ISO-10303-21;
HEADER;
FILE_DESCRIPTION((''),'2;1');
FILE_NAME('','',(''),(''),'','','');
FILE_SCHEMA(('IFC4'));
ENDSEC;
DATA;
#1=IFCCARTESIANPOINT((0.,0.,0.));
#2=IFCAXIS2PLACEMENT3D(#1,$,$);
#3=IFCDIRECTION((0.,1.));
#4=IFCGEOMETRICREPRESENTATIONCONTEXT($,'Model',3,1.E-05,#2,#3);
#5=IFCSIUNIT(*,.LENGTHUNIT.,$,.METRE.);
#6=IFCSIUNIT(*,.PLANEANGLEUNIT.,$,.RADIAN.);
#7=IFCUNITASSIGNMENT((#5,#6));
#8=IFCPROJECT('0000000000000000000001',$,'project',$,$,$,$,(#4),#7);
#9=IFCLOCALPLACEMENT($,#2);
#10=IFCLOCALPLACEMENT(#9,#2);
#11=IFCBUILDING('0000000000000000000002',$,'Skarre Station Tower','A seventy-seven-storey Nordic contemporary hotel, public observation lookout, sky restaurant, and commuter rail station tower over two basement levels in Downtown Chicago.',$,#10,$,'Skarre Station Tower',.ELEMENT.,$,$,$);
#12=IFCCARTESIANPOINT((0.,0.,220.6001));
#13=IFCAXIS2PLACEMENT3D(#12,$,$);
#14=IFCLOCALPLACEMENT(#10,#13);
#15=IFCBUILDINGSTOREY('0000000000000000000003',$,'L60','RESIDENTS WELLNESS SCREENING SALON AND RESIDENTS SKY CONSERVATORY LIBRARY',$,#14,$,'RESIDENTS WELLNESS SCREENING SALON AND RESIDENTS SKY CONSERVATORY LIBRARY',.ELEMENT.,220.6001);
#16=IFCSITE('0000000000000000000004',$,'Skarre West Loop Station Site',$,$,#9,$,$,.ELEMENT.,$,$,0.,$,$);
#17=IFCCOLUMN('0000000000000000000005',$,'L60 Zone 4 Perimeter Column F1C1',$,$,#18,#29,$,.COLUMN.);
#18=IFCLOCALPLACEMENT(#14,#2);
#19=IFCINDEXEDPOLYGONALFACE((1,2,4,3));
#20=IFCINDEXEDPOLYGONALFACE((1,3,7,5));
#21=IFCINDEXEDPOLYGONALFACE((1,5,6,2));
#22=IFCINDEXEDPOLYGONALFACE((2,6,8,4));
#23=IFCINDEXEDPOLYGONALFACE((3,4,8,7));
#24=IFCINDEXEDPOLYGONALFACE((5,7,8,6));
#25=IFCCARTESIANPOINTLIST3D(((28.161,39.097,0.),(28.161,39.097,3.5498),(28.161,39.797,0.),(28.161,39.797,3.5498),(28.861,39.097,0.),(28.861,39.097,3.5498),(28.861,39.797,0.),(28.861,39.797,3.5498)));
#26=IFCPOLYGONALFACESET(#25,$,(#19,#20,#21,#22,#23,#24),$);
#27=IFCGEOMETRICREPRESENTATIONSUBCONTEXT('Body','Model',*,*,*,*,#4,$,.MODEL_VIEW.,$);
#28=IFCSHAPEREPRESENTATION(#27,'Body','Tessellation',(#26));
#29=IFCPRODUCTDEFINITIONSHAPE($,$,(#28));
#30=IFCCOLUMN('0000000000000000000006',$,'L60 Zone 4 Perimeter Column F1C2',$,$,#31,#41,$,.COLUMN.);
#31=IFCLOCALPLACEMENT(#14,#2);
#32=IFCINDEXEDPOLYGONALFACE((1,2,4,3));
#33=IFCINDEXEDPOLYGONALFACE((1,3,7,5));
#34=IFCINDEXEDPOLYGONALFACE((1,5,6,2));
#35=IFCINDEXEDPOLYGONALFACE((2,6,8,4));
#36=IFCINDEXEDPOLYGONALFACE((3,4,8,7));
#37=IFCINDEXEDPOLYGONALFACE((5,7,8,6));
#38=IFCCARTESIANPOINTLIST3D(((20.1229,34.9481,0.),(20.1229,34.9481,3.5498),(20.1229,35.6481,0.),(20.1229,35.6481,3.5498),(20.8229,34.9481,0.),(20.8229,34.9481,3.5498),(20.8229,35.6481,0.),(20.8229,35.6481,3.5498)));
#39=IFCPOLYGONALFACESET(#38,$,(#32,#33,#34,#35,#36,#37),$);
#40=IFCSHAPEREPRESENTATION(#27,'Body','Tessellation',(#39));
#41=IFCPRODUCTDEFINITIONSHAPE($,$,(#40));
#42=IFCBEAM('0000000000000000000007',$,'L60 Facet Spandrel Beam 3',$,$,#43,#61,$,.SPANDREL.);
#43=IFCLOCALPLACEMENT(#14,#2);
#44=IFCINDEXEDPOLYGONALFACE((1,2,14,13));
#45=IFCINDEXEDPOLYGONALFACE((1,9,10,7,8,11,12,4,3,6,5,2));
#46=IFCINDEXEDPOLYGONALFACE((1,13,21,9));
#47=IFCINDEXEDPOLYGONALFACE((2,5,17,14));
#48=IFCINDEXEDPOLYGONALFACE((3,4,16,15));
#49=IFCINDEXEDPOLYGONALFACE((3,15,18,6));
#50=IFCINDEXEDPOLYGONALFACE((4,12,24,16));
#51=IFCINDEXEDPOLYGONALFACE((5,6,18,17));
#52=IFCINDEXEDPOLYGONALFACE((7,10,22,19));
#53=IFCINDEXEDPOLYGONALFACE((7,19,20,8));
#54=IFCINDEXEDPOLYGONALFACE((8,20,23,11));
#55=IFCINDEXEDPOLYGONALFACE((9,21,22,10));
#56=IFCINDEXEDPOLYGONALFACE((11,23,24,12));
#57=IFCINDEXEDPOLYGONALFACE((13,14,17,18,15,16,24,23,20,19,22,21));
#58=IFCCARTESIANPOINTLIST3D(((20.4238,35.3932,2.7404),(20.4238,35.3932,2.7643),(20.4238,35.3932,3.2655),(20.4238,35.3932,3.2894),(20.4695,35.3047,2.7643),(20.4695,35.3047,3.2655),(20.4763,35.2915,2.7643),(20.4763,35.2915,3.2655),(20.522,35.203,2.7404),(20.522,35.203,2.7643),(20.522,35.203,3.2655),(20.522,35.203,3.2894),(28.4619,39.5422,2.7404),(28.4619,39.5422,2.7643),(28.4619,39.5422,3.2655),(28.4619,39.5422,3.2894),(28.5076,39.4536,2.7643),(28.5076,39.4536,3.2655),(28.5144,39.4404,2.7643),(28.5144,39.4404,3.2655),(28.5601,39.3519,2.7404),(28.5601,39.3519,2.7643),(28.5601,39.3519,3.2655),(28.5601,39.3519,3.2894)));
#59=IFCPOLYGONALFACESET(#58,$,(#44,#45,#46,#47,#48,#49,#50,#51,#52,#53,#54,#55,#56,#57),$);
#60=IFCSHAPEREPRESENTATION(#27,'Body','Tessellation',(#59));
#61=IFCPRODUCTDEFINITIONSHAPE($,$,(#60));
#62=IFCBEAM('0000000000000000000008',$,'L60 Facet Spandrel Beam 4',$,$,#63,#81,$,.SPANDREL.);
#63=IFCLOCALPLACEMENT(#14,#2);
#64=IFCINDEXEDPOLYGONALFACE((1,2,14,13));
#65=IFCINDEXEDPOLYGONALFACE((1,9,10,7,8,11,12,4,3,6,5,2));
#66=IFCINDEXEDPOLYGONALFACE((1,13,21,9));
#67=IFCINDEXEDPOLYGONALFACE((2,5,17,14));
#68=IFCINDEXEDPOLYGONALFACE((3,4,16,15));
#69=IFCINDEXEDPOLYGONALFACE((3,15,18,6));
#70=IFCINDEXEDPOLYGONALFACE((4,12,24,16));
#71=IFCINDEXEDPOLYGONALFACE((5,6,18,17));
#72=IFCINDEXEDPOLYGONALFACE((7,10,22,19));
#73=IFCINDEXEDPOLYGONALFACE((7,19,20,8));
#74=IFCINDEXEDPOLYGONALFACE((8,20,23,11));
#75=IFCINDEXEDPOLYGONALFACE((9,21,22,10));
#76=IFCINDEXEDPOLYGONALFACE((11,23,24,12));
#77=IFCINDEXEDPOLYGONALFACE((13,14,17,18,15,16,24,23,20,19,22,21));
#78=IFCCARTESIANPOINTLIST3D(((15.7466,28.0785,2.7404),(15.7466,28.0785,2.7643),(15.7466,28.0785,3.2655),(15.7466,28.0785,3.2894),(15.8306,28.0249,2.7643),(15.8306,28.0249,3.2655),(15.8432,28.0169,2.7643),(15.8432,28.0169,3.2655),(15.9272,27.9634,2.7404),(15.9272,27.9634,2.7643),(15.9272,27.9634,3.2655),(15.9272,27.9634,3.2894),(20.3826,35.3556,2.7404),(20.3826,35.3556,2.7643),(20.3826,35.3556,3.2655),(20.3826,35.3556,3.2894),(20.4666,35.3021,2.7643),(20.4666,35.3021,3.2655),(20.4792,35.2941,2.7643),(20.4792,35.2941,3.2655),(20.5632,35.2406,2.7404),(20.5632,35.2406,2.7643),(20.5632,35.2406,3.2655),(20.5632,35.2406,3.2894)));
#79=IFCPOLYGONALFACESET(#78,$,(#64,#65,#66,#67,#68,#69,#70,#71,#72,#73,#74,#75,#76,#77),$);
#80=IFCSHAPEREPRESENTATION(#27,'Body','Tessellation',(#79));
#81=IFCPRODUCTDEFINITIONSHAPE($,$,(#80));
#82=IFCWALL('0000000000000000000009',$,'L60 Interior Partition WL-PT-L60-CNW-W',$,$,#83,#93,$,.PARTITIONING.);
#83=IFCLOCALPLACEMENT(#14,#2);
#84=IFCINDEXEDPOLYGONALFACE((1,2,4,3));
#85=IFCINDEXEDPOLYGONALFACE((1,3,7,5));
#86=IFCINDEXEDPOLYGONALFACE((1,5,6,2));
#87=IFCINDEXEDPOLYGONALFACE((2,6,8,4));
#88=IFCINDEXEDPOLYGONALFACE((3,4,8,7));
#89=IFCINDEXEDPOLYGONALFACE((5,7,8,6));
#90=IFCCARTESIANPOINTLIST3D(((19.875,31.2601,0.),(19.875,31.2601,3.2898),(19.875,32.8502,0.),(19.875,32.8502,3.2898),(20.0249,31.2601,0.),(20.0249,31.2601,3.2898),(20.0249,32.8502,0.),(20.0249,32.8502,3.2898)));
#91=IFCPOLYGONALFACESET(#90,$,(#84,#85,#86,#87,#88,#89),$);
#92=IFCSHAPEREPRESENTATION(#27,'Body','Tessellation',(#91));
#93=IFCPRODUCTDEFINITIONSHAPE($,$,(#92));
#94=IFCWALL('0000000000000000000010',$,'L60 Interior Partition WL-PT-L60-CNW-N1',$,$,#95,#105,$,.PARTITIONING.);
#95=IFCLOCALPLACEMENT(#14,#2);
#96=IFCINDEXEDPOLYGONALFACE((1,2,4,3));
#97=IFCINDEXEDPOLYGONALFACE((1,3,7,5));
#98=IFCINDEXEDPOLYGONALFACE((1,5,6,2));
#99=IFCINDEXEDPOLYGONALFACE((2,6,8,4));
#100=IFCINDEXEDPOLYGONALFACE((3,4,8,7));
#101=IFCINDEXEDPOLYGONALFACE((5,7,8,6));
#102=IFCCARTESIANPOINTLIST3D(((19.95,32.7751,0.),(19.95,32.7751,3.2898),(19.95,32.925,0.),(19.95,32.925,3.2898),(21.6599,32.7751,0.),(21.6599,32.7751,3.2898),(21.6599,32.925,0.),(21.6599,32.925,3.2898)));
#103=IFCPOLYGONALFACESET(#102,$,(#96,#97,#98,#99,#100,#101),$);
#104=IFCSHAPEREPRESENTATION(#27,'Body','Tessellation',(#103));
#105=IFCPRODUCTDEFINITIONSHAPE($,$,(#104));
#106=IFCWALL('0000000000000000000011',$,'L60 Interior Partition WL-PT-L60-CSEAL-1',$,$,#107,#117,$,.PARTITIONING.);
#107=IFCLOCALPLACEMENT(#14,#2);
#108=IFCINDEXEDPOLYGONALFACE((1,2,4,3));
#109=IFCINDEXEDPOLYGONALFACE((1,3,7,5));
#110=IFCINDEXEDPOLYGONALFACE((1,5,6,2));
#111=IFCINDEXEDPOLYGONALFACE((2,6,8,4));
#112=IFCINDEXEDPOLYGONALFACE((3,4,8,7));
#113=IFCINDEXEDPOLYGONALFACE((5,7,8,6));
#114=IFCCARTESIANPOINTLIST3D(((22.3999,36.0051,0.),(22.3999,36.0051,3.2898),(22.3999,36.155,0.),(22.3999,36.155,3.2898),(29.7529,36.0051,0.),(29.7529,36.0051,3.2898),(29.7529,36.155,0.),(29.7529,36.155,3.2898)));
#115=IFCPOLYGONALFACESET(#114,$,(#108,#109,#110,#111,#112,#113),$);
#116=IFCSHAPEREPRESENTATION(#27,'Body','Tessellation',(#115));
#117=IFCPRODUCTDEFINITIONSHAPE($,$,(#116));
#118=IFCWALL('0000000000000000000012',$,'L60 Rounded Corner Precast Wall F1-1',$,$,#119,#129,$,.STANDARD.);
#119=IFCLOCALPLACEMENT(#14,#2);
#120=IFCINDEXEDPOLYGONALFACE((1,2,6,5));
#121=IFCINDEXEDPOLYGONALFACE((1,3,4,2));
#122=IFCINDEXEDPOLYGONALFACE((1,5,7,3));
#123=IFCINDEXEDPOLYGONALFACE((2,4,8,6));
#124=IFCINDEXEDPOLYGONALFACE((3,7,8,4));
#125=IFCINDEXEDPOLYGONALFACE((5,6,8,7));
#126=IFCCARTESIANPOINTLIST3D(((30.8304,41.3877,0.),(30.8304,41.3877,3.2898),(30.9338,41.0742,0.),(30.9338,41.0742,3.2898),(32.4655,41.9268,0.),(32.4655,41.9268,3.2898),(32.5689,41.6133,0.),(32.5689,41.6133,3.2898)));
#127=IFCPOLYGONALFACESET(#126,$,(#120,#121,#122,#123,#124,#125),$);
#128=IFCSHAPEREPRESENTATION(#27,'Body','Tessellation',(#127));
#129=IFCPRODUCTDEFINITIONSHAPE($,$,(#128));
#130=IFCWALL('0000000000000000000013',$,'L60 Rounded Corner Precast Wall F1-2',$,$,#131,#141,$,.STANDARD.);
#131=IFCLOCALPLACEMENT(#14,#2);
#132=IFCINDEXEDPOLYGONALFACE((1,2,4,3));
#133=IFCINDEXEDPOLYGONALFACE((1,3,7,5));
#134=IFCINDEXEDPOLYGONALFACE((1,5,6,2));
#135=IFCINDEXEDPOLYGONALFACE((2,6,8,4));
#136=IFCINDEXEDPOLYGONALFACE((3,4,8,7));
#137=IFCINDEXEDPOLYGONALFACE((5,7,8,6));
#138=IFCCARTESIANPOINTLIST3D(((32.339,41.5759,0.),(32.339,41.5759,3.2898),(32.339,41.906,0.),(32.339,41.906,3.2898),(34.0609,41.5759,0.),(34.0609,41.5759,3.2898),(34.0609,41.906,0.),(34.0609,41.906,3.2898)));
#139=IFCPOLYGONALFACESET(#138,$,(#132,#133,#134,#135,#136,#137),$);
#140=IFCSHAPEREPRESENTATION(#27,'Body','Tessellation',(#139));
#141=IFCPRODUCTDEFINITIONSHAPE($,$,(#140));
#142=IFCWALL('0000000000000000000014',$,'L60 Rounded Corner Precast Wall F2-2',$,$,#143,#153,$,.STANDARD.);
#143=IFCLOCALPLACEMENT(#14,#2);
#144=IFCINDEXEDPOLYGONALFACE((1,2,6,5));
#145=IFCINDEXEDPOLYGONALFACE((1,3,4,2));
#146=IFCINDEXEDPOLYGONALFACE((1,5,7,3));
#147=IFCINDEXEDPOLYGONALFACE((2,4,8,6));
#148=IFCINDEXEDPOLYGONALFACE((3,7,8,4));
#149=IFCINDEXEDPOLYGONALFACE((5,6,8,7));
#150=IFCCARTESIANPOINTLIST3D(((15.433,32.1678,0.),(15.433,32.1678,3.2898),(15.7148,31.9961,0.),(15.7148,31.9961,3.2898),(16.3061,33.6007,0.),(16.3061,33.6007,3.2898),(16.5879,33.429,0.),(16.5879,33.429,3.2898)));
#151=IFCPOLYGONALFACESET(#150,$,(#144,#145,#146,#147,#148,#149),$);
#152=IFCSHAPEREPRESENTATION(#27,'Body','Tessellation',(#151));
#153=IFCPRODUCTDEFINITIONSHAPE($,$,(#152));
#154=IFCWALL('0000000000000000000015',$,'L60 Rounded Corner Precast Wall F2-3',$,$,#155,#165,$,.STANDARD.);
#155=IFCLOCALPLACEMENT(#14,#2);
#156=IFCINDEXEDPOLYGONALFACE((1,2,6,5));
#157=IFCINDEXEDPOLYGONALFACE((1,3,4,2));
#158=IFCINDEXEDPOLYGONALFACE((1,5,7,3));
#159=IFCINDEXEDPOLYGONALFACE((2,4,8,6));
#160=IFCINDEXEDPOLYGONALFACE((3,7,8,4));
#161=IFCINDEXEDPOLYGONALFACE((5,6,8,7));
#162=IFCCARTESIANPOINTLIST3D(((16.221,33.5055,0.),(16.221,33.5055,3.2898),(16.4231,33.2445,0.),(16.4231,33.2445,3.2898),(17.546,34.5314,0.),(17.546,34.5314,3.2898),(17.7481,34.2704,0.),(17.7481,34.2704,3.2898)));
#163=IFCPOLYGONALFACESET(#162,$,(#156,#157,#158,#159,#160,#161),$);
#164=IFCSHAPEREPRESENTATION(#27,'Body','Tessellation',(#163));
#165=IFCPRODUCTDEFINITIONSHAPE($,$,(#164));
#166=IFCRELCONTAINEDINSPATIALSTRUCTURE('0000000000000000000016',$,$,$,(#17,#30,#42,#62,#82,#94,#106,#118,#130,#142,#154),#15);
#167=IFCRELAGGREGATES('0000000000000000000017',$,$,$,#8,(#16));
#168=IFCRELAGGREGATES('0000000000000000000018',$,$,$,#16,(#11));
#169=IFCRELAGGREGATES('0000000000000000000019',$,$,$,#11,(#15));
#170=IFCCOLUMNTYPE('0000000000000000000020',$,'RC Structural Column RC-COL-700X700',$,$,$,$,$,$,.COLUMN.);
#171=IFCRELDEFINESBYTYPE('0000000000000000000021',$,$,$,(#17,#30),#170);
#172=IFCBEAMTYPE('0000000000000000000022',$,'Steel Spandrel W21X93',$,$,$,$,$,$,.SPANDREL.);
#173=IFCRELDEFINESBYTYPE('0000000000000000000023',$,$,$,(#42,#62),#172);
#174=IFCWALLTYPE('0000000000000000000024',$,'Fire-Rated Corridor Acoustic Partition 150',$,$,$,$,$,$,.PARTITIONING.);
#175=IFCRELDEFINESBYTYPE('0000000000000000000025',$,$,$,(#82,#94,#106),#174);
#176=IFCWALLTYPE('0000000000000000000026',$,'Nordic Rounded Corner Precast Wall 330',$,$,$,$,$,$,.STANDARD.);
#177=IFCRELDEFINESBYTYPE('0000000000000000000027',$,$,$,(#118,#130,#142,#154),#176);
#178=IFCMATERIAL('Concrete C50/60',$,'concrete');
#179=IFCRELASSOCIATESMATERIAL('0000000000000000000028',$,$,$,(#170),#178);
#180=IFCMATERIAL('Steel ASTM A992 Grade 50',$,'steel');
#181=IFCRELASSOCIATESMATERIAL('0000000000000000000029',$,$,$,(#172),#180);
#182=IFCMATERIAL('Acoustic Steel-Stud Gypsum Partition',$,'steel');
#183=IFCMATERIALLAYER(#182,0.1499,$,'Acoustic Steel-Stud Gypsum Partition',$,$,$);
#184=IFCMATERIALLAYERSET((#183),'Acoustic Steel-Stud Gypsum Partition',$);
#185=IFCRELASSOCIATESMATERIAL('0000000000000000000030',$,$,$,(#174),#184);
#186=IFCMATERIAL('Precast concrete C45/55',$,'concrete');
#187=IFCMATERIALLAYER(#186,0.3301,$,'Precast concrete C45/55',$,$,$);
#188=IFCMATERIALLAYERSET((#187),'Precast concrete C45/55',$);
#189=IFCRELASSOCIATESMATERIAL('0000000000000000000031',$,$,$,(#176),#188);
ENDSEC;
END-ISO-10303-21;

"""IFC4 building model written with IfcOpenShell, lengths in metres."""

from ifc_helpers import new_model, si_unit, direction, frame, frame_2d, origin, origin_2d, place, context, subcontext, project, spatial, rectangle, i_section, extrude, material, layer, layer_set, material_profile, profile_set, type_object, element, save


model = new_model("IFC4")

# Units and contexts
model_context = context("Model", 3, precision=1e-05, world=origin(), true_north=direction((0.0, 1.0)))
body_context = subcontext(model_context, "Body", "Model", "MODEL_VIEW")
ifc_project = project(units=[si_unit("LENGTHUNIT", "METRE"), si_unit("PLANEANGLEUNIT", "RADIAN")], contexts=[model_context])

# Site, building, storey
site_placement = place(None, origin())
site = spatial("IfcSite", under=ifc_project, at=site_placement, Name="Skarre West Loop Station Site", CompositionType="ELEMENT", RefElevation=0.0)
building_placement = place(site_placement, origin())
building = spatial("IfcBuilding", under=site, at=building_placement, Name="Skarre Station Tower", Description="A seventy-seven-storey Nordic contemporary hotel, public observation lookout, sky restaurant, and commuter rail station tower over two basement levels in Downtown Chicago.", LongName="Skarre Station Tower", CompositionType="ELEMENT")
storey_placement = place(building_placement, frame((0.0, 0.0, 220.6001)))
storey = spatial("IfcBuildingStorey", under=building, at=storey_placement, Name="L60", Description="RESIDENTS WELLNESS SCREENING SALON AND RESIDENTS SKY CONSERVATORY LIBRARY", LongName="RESIDENTS WELLNESS SCREENING SALON AND RESIDENTS SKY CONSERVATORY LIBRARY", CompositionType="ELEMENT", Elevation=220.6001)

# Columns
ifc_material_1 = material(Name="Concrete C50/60", Category="concrete")
ifc_material_profile_1 = material_profile(ifc_material_1, rectangle(XDim=0.7, YDim=0.7, at=origin_2d()), Name="Concrete C50/60")
ifc_profile_set_1 = profile_set([ifc_material_profile_1], Name="Concrete C50/60")
column_type = type_object("IfcColumnType", Name="RC Structural Column RC-COL-700X700", PredefinedType="COLUMN", material=ifc_profile_set_1)
for number, where, z_axis, x_axis, name in (
    (1, (28.511, 39.447, 0.0), (0.0, 0.0, 1.0), (1.0, 0.0, 0.0), "L60 Zone 4 Perimeter Column F1C1"),
    (2, (20.4729, 35.2981, 0.0), (0.0, 0.0, 1.0), (1.0, 0.0, 0.0), "L60 Zone 4 Perimeter Column F1C2"),
):
    element("IfcColumn", number, at=place(storey_placement, frame(where, z_axis=z_axis, x_axis=x_axis)), inside=storey, type_object=column_type, Name=name, PredefinedType="COLUMN", context=body_context, shape_type="SweptSolid", body=[
        extrude(rectangle(XDim=0.7, YDim=0.7, at=origin_2d()), origin(), (0.0, 0.0, 1.0), 3.5498),
    ])

# Beams
ifc_material_2 = material(Name="Steel ASTM A992 Grade 50", Category="steel")
ifc_material_profile_2 = material_profile(ifc_material_2, i_section(OverallWidth=0.2141, OverallDepth=0.5491, WebThickness=0.0149, FlangeThickness=0.0239, at=origin_2d()), Name="Steel ASTM A992 Grade 50")
ifc_profile_set_2 = profile_set([ifc_material_profile_2], Name="Steel ASTM A992 Grade 50")
beam_type = type_object("IfcBeamType", Name="Steel Spandrel W21X93", PredefinedType="SPANDREL", material=ifc_profile_set_2)
beam_1_placement = place(storey_placement, frame((28.511, 39.447, 3.0149), z_axis=(-0.88861, -0.458664, 0.0), x_axis=(0.458664, -0.88861, 0.0)))
element("IfcBeam", 3, at=beam_1_placement, inside=storey, type_object=beam_type, Name="L60 Facet Spandrel Beam 3", PredefinedType="SPANDREL", context=body_context, shape_type="SweptSolid", body=[
    extrude(i_section(OverallWidth=0.2141, OverallDepth=0.5491, WebThickness=0.0149, FlangeThickness=0.0239, at=origin_2d()), origin(), (0.0, 0.0, 1.0), 9.0457),
])
beam_2_placement = place(storey_placement, frame((20.4729, 35.2981, 3.0149), z_axis=(-0.537297, -0.843393, 0.0), x_axis=(0.843393, -0.537297, 0.0)))
element("IfcBeam", 4, at=beam_2_placement, inside=storey, type_object=beam_type, Name="L60 Facet Spandrel Beam 4", PredefinedType="SPANDREL", context=body_context, shape_type="SweptSolid", body=[
    extrude(i_section(OverallWidth=0.2141, OverallDepth=0.5491, WebThickness=0.0149, FlangeThickness=0.0239, at=origin_2d()), origin(), (0.0, 0.0, 1.0), 8.6284),
])

# Walls
ifc_material_3 = material(Name="Acoustic Steel-Stud Gypsum Partition", Category="steel")
ifc_layer_1 = layer(ifc_material_3, 0.1499, Name="Acoustic Steel-Stud Gypsum Partition")
ifc_layer_set_1 = layer_set([ifc_layer_1], Name="Acoustic Steel-Stud Gypsum Partition")
wall_type_1 = type_object("IfcWallType", Name="Fire-Rated Corridor Acoustic Partition 150", PredefinedType="PARTITIONING", material=ifc_layer_set_1)
wall_1_placement = place(storey_placement, frame((19.95, 32.8501, 0.0), z_axis=(0.0, 0.0, 1.0), x_axis=(0.0, -1.0, 0.0)))
element("IfcWall", 5, at=wall_1_placement, inside=storey, type_object=wall_type_1, Name="L60 Interior Partition WL-PT-L60-CNW-W", PredefinedType="PARTITIONING", context=body_context, shape_type="SweptSolid", body=[
    extrude(rectangle(XDim=1.5901, YDim=0.1499, at=frame_2d((0.7949, 0.0))), origin(), (0.0, 0.0, 1.0), 3.2898),
])
wall_2_placement = place(storey_placement, frame((21.6599, 32.8501, 0.0), z_axis=(0.0, 0.0, 1.0), x_axis=(-1.0, 0.0, 0.0)))
element("IfcWall", 6, at=wall_2_placement, inside=storey, type_object=wall_type_1, Name="L60 Interior Partition WL-PT-L60-CNW-N1", PredefinedType="PARTITIONING", context=body_context, shape_type="SweptSolid", body=[
    extrude(rectangle(XDim=1.71, YDim=0.1499, at=frame_2d((0.855, 0.0))), origin(), (0.0, 0.0, 1.0), 3.2898),
])
wall_3_placement = place(storey_placement, frame((29.7529, 36.0801, 0.0), z_axis=(0.0, 0.0, 1.0), x_axis=(-1.0, 0.0, 0.0)))
element("IfcWall", 7, at=wall_3_placement, inside=storey, type_object=wall_type_1, Name="L60 Interior Partition WL-PT-L60-CSEAL-1", PredefinedType="PARTITIONING", context=body_context, shape_type="SweptSolid", body=[
    extrude(rectangle(XDim=7.353, YDim=0.1499, at=frame_2d((3.6765, 0.0))), origin(), (0.0, 0.0, 1.0), 3.2898),
])
ifc_material_4 = material(Name="Precast concrete C45/55", Category="concrete")
ifc_layer_2 = layer(ifc_material_4, 0.3301, Name="Precast concrete C45/55")
ifc_layer_set_2 = layer_set([ifc_layer_2], Name="Precast concrete C45/55")
wall_type_2 = type_object("IfcWallType", Name="Nordic Rounded Corner Precast Wall 330", PredefinedType="STANDARD", material=ifc_layer_set_2)
wall_4_placement = place(storey_placement, frame((30.8821, 41.231, 0.0), z_axis=(0.0, 0.0, 1.0), x_axis=(0.949713, 0.31312, 0.0)))
element("IfcWall", 8, at=wall_4_placement, inside=storey, type_object=wall_type_2, Name="L60 Rounded Corner Precast Wall F1-1", PredefinedType="STANDARD", context=body_context, shape_type="SweptSolid", body=[
    extrude(rectangle(XDim=1.7217, YDim=0.3301, at=frame_2d((0.8608, 0.0))), origin(), (0.0, 0.0, 1.0), 3.2898),
])
wall_5_placement = place(storey_placement, frame((32.3391, 41.741, 0.0), z_axis=(0.0, 0.0, 1.0), x_axis=(1.0, 0.0, 0.0)))
element("IfcWall", 9, at=wall_5_placement, inside=storey, type_object=wall_type_2, Name="L60 Rounded Corner Precast Wall F1-2", PredefinedType="STANDARD", context=body_context, shape_type="SweptSolid", body=[
    extrude(rectangle(XDim=1.7219, YDim=0.3301, at=frame_2d((0.8608, 0.0))), origin(), (0.0, 0.0, 1.0), 3.2898),
])
wall_6_placement = place(storey_placement, frame((15.574, 32.082, 0.0), z_axis=(0.0, 0.0, 1.0), x_axis=(0.520325, 0.853968, 0.0)))
element("IfcWall", 10, at=wall_6_placement, inside=storey, type_object=wall_type_2, Name="L60 Rounded Corner Precast Wall F2-2", PredefinedType="STANDARD", context=body_context, shape_type="SweptSolid", body=[
    extrude(rectangle(XDim=1.678, YDim=0.3301, at=frame_2d((0.8389, 0.0))), origin(), (0.0, 0.0, 1.0), 3.2898),
])
wall_7_placement = place(storey_placement, frame((16.322, 33.375, 0.0), z_axis=(0.0, 0.0, 1.0), x_axis=(0.790692, 0.612214, 0.0)))
element("IfcWall", 11, at=wall_7_placement, inside=storey, type_object=wall_type_2, Name="L60 Rounded Corner Precast Wall F2-3", PredefinedType="STANDARD", context=body_context, shape_type="SweptSolid", body=[
    extrude(rectangle(XDim=1.6758, YDim=0.3301, at=frame_2d((0.8379, 0.0))), origin(), (0.0, 0.0, 1.0), 3.2898),
])

save(model, "model.ifc")
